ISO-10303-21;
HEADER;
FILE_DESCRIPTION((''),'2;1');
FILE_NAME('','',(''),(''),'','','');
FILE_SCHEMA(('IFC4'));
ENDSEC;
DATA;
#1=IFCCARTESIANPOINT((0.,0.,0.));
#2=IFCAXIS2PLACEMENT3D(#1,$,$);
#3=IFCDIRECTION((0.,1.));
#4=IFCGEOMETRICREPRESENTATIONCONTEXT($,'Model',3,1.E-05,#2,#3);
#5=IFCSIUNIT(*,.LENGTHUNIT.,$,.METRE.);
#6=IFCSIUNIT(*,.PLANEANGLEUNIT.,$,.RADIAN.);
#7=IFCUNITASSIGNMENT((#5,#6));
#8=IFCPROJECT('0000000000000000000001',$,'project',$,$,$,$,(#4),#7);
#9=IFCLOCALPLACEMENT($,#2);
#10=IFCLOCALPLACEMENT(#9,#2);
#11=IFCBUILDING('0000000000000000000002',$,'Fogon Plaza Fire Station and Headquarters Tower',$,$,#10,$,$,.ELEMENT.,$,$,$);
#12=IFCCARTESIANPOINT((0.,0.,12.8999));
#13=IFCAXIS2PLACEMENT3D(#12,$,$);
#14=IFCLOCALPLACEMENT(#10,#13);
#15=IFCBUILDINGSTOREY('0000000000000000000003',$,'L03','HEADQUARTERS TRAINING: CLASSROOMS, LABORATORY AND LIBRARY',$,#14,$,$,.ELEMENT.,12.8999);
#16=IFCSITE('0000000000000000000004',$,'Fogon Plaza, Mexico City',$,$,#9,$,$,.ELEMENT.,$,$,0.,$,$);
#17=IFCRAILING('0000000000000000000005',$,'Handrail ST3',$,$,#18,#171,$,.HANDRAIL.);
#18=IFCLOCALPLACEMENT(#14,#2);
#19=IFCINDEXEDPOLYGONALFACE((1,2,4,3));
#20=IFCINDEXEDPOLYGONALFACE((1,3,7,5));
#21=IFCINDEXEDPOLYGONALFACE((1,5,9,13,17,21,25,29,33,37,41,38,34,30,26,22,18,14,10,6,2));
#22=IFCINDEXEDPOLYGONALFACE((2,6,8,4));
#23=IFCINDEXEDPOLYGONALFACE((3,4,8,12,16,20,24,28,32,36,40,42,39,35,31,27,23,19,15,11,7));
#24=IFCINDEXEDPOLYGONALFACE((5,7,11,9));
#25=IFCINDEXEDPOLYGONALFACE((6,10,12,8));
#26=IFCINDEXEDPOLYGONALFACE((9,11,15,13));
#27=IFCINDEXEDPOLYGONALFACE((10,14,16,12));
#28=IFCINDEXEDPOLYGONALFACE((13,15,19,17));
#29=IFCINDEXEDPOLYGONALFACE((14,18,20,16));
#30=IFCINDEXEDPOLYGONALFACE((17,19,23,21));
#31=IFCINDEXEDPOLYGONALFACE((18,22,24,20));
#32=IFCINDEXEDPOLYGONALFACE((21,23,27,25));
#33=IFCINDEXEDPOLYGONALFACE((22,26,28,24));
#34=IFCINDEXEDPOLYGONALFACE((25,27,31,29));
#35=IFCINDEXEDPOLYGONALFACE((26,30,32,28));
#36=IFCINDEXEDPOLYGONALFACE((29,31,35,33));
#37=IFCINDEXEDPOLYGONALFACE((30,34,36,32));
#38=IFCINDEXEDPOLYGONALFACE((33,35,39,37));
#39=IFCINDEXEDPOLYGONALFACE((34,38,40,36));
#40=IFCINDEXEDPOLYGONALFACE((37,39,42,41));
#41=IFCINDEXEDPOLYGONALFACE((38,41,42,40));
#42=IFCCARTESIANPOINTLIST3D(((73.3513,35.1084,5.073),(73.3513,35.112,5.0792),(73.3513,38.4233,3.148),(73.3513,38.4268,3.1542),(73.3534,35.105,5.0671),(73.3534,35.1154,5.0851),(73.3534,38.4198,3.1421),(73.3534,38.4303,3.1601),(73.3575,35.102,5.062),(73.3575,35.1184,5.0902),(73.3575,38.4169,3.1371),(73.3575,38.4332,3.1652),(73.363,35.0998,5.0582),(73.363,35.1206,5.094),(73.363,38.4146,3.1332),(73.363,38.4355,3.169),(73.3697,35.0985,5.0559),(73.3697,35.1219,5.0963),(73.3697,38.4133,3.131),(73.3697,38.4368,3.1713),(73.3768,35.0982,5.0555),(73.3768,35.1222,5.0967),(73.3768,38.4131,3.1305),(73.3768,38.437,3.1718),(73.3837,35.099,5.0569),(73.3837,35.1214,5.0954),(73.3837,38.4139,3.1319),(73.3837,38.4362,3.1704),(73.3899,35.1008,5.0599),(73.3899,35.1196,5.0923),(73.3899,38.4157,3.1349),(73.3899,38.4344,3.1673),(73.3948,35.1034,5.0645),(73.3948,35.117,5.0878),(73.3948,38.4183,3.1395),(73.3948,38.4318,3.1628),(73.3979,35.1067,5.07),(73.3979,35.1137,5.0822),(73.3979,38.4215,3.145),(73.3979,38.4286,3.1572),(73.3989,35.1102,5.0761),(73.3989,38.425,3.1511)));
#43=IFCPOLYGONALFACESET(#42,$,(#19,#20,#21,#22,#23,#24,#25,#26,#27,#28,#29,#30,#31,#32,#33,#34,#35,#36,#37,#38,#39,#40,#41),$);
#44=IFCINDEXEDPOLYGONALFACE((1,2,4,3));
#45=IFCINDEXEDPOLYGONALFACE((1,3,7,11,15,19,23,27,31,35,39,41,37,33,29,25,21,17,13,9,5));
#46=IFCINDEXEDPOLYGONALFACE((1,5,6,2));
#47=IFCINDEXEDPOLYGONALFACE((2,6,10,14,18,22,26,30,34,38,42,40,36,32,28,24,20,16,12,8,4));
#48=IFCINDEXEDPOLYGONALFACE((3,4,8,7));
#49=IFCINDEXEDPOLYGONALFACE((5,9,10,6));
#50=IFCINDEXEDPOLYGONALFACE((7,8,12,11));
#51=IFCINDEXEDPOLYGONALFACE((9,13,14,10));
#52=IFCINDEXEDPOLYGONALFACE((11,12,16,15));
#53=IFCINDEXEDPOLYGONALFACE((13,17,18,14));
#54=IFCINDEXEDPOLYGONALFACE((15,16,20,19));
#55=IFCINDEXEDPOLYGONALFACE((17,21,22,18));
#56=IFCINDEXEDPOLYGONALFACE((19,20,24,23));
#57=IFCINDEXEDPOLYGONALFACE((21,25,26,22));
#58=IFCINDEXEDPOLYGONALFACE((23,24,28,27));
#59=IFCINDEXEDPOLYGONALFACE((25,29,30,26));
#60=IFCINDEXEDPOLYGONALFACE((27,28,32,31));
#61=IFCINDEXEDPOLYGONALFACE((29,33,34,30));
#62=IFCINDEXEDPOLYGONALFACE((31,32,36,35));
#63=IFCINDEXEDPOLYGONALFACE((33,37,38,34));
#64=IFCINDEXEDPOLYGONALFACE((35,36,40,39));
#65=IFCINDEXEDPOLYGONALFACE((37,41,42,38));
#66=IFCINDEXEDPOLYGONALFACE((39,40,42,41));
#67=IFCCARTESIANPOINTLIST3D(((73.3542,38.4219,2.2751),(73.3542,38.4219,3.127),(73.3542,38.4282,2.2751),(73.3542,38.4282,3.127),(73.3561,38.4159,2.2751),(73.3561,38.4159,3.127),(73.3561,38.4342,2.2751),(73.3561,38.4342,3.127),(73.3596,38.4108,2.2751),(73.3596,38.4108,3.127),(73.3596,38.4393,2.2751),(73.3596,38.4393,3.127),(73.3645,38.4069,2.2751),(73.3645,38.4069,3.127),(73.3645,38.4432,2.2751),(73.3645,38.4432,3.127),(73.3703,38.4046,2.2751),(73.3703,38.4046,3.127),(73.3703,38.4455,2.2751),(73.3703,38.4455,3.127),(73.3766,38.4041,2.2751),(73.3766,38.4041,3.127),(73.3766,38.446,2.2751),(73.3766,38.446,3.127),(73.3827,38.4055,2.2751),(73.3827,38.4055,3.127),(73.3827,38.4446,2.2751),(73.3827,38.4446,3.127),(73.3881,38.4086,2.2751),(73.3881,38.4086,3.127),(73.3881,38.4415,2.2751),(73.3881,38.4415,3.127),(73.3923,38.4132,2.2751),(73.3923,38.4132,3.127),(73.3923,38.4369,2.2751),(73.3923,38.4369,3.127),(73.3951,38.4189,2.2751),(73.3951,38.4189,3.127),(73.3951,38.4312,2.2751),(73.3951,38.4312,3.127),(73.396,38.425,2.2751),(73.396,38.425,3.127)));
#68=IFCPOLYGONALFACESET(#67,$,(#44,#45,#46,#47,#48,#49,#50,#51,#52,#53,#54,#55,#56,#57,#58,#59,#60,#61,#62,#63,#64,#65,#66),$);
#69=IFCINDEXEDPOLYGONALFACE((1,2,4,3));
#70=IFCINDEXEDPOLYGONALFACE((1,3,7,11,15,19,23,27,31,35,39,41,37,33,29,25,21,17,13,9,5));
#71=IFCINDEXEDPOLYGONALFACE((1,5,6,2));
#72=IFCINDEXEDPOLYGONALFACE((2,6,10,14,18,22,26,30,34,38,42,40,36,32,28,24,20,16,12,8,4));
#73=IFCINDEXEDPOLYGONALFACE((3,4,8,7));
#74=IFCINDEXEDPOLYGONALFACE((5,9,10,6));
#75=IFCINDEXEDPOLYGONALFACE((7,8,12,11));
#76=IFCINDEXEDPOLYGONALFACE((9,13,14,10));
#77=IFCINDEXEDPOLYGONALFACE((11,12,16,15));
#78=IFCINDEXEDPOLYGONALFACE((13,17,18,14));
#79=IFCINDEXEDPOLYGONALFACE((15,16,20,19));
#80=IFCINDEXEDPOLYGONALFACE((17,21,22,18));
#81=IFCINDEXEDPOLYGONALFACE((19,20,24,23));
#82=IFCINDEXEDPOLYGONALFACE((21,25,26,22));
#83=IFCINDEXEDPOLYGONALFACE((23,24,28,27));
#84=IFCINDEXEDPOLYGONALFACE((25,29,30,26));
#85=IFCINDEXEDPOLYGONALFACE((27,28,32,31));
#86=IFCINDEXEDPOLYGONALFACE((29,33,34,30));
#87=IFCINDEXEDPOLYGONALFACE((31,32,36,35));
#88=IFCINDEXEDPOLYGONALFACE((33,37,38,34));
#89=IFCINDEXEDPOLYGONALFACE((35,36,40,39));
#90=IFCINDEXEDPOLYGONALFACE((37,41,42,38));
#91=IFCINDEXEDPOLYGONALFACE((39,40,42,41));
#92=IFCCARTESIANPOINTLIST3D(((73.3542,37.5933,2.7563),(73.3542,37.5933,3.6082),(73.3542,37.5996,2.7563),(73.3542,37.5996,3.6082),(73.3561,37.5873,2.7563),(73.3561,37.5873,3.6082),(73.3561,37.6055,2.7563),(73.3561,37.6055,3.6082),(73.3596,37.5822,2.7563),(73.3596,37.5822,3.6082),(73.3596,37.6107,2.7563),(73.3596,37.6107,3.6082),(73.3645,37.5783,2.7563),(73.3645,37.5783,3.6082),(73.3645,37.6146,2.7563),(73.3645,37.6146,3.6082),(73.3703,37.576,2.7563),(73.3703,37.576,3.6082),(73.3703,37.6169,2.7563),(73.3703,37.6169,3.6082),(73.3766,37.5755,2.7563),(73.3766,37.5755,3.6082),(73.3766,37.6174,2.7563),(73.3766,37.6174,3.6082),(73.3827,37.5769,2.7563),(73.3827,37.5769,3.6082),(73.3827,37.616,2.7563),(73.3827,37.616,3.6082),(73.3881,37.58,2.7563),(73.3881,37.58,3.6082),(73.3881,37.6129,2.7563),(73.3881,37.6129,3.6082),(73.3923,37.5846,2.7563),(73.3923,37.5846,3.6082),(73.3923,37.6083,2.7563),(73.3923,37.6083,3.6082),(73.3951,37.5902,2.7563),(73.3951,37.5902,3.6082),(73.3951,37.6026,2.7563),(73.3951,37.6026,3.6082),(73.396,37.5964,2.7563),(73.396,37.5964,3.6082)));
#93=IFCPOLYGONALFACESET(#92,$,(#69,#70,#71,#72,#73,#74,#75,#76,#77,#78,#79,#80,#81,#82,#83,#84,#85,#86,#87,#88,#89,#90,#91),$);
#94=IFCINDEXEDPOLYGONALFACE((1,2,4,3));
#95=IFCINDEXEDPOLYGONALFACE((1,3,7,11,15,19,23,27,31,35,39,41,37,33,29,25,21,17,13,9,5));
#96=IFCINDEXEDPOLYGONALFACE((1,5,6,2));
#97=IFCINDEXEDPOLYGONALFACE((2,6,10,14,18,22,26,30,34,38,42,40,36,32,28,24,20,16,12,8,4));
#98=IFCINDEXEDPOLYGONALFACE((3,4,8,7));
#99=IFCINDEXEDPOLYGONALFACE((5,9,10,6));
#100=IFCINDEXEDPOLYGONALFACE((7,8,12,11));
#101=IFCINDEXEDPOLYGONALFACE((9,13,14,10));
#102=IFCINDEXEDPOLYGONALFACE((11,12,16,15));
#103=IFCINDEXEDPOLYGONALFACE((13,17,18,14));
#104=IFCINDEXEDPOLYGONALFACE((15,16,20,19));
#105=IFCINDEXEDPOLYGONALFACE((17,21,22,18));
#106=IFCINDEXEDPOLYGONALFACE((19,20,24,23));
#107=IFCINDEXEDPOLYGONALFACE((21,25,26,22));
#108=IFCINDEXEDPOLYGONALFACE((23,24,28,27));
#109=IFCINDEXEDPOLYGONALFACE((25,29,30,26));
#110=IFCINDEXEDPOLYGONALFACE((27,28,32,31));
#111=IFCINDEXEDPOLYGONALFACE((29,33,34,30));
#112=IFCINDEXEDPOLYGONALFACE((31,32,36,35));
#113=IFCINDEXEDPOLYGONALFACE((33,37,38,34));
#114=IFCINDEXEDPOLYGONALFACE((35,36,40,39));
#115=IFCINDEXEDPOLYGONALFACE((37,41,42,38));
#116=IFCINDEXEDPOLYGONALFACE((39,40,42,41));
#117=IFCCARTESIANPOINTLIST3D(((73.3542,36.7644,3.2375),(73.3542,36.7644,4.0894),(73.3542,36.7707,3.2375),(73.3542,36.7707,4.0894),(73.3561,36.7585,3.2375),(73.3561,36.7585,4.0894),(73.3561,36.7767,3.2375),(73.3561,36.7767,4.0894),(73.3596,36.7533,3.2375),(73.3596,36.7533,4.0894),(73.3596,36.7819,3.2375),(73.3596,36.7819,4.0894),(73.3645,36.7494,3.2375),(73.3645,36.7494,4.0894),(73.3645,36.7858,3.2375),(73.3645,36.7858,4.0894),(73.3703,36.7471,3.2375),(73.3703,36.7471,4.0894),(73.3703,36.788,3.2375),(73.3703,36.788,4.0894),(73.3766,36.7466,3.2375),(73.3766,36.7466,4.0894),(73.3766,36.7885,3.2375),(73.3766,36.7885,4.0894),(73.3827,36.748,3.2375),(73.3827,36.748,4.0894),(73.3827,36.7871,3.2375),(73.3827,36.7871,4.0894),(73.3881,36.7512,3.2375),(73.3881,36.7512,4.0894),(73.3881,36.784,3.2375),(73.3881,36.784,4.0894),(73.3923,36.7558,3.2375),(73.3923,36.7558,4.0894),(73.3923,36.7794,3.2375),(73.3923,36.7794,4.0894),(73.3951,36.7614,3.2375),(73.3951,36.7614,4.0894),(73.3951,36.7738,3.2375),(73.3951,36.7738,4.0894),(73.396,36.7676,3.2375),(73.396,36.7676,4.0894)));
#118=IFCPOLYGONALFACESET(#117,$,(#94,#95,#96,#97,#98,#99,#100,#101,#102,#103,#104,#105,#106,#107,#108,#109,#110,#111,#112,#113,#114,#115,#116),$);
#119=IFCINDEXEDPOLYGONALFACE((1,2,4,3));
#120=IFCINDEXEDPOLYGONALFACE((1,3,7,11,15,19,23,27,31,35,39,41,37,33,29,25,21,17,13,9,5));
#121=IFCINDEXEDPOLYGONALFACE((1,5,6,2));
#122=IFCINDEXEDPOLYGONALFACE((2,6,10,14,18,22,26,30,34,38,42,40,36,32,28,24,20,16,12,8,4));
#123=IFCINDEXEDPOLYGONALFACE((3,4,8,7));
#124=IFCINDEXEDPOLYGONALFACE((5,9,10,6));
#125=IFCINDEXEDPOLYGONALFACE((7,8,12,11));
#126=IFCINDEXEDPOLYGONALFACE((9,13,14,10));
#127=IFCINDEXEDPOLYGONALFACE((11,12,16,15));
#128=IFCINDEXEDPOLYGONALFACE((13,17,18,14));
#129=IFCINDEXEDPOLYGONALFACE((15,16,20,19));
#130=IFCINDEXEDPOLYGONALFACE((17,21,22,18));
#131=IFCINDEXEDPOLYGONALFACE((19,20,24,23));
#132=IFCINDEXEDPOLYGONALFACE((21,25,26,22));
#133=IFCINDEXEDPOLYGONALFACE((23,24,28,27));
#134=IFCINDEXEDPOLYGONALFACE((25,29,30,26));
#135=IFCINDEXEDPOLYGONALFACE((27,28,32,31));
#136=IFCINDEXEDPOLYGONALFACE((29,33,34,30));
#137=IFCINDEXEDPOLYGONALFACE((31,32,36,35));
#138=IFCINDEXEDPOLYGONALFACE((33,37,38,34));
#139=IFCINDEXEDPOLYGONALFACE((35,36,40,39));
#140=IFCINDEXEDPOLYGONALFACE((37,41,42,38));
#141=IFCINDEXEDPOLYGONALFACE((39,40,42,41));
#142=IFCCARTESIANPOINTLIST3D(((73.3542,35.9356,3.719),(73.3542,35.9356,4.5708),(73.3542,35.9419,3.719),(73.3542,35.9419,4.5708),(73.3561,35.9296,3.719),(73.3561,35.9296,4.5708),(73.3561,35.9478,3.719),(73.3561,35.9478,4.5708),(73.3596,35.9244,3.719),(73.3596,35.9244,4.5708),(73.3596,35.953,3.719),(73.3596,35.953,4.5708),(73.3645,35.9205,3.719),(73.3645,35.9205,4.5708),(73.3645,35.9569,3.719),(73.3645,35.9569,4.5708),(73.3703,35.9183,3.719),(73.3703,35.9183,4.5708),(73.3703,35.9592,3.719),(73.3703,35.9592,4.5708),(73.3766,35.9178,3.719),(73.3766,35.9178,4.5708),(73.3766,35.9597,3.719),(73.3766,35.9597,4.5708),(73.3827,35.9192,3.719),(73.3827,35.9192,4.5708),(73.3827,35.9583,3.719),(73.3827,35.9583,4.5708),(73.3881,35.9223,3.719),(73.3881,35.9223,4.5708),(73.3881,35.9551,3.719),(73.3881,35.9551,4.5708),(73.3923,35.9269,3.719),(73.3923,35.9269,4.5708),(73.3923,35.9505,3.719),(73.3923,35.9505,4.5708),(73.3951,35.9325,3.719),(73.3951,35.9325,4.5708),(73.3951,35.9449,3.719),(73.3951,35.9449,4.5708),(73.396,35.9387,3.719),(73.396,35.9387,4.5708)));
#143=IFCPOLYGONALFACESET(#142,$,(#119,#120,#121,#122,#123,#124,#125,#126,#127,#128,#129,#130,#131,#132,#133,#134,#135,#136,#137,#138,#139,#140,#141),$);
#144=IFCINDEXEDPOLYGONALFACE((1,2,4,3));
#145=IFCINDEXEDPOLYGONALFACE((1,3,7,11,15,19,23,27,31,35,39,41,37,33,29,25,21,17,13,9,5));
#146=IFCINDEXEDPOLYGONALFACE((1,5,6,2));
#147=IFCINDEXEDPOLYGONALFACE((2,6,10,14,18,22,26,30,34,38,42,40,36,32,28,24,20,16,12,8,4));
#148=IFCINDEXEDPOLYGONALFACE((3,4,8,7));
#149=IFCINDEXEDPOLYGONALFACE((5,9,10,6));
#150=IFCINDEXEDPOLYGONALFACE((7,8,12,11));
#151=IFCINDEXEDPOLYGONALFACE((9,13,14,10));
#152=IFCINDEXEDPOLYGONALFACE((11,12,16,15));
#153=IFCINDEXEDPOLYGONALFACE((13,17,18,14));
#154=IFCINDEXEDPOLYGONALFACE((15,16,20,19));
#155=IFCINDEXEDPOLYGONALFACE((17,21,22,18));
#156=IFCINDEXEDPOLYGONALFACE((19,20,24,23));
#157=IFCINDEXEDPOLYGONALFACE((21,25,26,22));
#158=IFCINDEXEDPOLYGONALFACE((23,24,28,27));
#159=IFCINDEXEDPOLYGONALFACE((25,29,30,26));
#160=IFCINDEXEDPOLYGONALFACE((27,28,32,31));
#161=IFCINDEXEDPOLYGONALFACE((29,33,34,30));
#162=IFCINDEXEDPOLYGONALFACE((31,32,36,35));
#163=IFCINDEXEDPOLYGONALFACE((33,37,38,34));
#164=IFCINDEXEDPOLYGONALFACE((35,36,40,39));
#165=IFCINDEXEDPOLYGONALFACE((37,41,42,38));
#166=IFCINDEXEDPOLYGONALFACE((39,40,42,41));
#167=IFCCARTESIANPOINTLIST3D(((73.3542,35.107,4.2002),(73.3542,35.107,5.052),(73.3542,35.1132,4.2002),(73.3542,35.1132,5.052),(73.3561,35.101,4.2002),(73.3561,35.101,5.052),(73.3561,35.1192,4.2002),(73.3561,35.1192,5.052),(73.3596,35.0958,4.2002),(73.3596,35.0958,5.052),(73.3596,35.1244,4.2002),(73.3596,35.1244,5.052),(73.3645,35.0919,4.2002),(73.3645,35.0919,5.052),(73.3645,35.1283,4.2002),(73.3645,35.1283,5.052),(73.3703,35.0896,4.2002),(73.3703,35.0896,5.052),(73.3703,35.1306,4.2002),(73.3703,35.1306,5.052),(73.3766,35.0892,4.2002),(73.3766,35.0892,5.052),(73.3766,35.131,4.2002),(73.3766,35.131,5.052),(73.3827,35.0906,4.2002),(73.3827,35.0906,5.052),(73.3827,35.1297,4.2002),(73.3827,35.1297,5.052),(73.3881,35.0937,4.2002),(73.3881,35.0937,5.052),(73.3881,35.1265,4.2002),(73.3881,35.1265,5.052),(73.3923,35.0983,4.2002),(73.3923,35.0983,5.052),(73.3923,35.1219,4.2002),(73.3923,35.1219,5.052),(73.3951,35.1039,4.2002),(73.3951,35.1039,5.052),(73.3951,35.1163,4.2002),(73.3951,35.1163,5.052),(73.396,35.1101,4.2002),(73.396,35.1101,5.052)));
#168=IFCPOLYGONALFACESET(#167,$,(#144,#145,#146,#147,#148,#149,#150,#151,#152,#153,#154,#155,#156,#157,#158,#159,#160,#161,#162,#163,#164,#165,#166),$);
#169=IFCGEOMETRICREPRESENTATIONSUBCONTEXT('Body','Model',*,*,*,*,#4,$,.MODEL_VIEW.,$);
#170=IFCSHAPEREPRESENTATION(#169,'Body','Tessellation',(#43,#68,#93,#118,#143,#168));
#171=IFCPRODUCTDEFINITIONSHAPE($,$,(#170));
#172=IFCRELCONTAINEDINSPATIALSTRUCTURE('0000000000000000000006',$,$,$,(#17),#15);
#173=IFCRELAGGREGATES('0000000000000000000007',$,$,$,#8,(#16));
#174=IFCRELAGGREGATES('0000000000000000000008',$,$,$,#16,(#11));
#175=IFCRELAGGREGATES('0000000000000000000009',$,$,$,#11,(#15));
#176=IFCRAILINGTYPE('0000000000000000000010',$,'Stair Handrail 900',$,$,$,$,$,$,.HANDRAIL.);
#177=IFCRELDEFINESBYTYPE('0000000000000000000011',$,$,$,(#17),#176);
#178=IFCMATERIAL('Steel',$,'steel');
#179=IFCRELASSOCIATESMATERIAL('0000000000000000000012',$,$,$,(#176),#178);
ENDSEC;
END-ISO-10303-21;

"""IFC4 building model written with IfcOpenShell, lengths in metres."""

from ifc_helpers import new_model, si_unit, direction, frame, origin, origin_2d, place, context, subcontext, project, spatial, circle, extrude, material, type_object, element, save


model = new_model("IFC4")

# Units and contexts
model_context = context("Model", 3, precision=1e-05, world=origin(), true_north=direction((0.0, 1.0)))
body_context = subcontext(model_context, "Body", "Model", "MODEL_VIEW")
ifc_project = project(units=[si_unit("LENGTHUNIT", "METRE"), si_unit("PLANEANGLEUNIT", "RADIAN")], contexts=[model_context])

# Site, building, storey
site_placement = place(None, origin())
site = spatial("IfcSite", under=ifc_project, at=site_placement, Name="Fogon Plaza, Mexico City", CompositionType="ELEMENT", RefElevation=0.0)
building_placement = place(site_placement, origin())
building = spatial("IfcBuilding", under=site, at=building_placement, Name="Fogon Plaza Fire Station and Headquarters Tower", CompositionType="ELEMENT")
storey_placement = place(building_placement, frame((0.0, 0.0, 12.8999)))
storey = spatial("IfcBuildingStorey", under=building, at=storey_placement, Name="L03", Description="HEADQUARTERS TRAINING: CLASSROOMS, LABORATORY AND LIBRARY", CompositionType="ELEMENT", Elevation=12.8999)

# Railing
ifc_material_1 = material(Name="Steel", Category="steel")
railing_type = type_object("IfcRailingType", Name="Stair Handrail 900", PredefinedType="HANDRAIL", material=ifc_material_1)
for number, where, name in (
    (1, (73.375, 38.425, 2.2751), "Handrail ST3"),
):
    element("IfcRailing", number, at=place(storey_placement, frame(where)), inside=storey, type_object=railing_type, Name=name, PredefinedType="HANDRAIL", context=body_context, shape_type="SweptSolid", body=[
        extrude(circle(Radius=0.0239, at=origin_2d()), frame((0.0, 0.0, 0.876), z_axis=(0.0, -0.864761, 0.502183), x_axis=(1.0, 0.0, 0.0)), (0.0, 0.0, 1.0), 3.8333),
        extrude(circle(Radius=0.021, at=origin_2d()), origin(), (0.0, 0.0, 1.0), 0.8518),
        extrude(circle(Radius=0.021, at=origin_2d()), frame((0.0, -0.8286, 0.4812)), (0.0, 0.0, 1.0), 0.8518),
        extrude(circle(Radius=0.021, at=origin_2d()), frame((0.0, -1.6575, 0.9624)), (0.0, 0.0, 1.0), 0.8518),
        extrude(circle(Radius=0.021, at=origin_2d()), frame((0.0, -2.4863, 1.4438)), (0.0, 0.0, 1.0), 0.8518),
        extrude(circle(Radius=0.021, at=origin_2d()), frame((0.0, -3.3149, 1.925)), (0.0, 0.0, 1.0), 0.8518),
    ])

save(model, "model.ifc")
